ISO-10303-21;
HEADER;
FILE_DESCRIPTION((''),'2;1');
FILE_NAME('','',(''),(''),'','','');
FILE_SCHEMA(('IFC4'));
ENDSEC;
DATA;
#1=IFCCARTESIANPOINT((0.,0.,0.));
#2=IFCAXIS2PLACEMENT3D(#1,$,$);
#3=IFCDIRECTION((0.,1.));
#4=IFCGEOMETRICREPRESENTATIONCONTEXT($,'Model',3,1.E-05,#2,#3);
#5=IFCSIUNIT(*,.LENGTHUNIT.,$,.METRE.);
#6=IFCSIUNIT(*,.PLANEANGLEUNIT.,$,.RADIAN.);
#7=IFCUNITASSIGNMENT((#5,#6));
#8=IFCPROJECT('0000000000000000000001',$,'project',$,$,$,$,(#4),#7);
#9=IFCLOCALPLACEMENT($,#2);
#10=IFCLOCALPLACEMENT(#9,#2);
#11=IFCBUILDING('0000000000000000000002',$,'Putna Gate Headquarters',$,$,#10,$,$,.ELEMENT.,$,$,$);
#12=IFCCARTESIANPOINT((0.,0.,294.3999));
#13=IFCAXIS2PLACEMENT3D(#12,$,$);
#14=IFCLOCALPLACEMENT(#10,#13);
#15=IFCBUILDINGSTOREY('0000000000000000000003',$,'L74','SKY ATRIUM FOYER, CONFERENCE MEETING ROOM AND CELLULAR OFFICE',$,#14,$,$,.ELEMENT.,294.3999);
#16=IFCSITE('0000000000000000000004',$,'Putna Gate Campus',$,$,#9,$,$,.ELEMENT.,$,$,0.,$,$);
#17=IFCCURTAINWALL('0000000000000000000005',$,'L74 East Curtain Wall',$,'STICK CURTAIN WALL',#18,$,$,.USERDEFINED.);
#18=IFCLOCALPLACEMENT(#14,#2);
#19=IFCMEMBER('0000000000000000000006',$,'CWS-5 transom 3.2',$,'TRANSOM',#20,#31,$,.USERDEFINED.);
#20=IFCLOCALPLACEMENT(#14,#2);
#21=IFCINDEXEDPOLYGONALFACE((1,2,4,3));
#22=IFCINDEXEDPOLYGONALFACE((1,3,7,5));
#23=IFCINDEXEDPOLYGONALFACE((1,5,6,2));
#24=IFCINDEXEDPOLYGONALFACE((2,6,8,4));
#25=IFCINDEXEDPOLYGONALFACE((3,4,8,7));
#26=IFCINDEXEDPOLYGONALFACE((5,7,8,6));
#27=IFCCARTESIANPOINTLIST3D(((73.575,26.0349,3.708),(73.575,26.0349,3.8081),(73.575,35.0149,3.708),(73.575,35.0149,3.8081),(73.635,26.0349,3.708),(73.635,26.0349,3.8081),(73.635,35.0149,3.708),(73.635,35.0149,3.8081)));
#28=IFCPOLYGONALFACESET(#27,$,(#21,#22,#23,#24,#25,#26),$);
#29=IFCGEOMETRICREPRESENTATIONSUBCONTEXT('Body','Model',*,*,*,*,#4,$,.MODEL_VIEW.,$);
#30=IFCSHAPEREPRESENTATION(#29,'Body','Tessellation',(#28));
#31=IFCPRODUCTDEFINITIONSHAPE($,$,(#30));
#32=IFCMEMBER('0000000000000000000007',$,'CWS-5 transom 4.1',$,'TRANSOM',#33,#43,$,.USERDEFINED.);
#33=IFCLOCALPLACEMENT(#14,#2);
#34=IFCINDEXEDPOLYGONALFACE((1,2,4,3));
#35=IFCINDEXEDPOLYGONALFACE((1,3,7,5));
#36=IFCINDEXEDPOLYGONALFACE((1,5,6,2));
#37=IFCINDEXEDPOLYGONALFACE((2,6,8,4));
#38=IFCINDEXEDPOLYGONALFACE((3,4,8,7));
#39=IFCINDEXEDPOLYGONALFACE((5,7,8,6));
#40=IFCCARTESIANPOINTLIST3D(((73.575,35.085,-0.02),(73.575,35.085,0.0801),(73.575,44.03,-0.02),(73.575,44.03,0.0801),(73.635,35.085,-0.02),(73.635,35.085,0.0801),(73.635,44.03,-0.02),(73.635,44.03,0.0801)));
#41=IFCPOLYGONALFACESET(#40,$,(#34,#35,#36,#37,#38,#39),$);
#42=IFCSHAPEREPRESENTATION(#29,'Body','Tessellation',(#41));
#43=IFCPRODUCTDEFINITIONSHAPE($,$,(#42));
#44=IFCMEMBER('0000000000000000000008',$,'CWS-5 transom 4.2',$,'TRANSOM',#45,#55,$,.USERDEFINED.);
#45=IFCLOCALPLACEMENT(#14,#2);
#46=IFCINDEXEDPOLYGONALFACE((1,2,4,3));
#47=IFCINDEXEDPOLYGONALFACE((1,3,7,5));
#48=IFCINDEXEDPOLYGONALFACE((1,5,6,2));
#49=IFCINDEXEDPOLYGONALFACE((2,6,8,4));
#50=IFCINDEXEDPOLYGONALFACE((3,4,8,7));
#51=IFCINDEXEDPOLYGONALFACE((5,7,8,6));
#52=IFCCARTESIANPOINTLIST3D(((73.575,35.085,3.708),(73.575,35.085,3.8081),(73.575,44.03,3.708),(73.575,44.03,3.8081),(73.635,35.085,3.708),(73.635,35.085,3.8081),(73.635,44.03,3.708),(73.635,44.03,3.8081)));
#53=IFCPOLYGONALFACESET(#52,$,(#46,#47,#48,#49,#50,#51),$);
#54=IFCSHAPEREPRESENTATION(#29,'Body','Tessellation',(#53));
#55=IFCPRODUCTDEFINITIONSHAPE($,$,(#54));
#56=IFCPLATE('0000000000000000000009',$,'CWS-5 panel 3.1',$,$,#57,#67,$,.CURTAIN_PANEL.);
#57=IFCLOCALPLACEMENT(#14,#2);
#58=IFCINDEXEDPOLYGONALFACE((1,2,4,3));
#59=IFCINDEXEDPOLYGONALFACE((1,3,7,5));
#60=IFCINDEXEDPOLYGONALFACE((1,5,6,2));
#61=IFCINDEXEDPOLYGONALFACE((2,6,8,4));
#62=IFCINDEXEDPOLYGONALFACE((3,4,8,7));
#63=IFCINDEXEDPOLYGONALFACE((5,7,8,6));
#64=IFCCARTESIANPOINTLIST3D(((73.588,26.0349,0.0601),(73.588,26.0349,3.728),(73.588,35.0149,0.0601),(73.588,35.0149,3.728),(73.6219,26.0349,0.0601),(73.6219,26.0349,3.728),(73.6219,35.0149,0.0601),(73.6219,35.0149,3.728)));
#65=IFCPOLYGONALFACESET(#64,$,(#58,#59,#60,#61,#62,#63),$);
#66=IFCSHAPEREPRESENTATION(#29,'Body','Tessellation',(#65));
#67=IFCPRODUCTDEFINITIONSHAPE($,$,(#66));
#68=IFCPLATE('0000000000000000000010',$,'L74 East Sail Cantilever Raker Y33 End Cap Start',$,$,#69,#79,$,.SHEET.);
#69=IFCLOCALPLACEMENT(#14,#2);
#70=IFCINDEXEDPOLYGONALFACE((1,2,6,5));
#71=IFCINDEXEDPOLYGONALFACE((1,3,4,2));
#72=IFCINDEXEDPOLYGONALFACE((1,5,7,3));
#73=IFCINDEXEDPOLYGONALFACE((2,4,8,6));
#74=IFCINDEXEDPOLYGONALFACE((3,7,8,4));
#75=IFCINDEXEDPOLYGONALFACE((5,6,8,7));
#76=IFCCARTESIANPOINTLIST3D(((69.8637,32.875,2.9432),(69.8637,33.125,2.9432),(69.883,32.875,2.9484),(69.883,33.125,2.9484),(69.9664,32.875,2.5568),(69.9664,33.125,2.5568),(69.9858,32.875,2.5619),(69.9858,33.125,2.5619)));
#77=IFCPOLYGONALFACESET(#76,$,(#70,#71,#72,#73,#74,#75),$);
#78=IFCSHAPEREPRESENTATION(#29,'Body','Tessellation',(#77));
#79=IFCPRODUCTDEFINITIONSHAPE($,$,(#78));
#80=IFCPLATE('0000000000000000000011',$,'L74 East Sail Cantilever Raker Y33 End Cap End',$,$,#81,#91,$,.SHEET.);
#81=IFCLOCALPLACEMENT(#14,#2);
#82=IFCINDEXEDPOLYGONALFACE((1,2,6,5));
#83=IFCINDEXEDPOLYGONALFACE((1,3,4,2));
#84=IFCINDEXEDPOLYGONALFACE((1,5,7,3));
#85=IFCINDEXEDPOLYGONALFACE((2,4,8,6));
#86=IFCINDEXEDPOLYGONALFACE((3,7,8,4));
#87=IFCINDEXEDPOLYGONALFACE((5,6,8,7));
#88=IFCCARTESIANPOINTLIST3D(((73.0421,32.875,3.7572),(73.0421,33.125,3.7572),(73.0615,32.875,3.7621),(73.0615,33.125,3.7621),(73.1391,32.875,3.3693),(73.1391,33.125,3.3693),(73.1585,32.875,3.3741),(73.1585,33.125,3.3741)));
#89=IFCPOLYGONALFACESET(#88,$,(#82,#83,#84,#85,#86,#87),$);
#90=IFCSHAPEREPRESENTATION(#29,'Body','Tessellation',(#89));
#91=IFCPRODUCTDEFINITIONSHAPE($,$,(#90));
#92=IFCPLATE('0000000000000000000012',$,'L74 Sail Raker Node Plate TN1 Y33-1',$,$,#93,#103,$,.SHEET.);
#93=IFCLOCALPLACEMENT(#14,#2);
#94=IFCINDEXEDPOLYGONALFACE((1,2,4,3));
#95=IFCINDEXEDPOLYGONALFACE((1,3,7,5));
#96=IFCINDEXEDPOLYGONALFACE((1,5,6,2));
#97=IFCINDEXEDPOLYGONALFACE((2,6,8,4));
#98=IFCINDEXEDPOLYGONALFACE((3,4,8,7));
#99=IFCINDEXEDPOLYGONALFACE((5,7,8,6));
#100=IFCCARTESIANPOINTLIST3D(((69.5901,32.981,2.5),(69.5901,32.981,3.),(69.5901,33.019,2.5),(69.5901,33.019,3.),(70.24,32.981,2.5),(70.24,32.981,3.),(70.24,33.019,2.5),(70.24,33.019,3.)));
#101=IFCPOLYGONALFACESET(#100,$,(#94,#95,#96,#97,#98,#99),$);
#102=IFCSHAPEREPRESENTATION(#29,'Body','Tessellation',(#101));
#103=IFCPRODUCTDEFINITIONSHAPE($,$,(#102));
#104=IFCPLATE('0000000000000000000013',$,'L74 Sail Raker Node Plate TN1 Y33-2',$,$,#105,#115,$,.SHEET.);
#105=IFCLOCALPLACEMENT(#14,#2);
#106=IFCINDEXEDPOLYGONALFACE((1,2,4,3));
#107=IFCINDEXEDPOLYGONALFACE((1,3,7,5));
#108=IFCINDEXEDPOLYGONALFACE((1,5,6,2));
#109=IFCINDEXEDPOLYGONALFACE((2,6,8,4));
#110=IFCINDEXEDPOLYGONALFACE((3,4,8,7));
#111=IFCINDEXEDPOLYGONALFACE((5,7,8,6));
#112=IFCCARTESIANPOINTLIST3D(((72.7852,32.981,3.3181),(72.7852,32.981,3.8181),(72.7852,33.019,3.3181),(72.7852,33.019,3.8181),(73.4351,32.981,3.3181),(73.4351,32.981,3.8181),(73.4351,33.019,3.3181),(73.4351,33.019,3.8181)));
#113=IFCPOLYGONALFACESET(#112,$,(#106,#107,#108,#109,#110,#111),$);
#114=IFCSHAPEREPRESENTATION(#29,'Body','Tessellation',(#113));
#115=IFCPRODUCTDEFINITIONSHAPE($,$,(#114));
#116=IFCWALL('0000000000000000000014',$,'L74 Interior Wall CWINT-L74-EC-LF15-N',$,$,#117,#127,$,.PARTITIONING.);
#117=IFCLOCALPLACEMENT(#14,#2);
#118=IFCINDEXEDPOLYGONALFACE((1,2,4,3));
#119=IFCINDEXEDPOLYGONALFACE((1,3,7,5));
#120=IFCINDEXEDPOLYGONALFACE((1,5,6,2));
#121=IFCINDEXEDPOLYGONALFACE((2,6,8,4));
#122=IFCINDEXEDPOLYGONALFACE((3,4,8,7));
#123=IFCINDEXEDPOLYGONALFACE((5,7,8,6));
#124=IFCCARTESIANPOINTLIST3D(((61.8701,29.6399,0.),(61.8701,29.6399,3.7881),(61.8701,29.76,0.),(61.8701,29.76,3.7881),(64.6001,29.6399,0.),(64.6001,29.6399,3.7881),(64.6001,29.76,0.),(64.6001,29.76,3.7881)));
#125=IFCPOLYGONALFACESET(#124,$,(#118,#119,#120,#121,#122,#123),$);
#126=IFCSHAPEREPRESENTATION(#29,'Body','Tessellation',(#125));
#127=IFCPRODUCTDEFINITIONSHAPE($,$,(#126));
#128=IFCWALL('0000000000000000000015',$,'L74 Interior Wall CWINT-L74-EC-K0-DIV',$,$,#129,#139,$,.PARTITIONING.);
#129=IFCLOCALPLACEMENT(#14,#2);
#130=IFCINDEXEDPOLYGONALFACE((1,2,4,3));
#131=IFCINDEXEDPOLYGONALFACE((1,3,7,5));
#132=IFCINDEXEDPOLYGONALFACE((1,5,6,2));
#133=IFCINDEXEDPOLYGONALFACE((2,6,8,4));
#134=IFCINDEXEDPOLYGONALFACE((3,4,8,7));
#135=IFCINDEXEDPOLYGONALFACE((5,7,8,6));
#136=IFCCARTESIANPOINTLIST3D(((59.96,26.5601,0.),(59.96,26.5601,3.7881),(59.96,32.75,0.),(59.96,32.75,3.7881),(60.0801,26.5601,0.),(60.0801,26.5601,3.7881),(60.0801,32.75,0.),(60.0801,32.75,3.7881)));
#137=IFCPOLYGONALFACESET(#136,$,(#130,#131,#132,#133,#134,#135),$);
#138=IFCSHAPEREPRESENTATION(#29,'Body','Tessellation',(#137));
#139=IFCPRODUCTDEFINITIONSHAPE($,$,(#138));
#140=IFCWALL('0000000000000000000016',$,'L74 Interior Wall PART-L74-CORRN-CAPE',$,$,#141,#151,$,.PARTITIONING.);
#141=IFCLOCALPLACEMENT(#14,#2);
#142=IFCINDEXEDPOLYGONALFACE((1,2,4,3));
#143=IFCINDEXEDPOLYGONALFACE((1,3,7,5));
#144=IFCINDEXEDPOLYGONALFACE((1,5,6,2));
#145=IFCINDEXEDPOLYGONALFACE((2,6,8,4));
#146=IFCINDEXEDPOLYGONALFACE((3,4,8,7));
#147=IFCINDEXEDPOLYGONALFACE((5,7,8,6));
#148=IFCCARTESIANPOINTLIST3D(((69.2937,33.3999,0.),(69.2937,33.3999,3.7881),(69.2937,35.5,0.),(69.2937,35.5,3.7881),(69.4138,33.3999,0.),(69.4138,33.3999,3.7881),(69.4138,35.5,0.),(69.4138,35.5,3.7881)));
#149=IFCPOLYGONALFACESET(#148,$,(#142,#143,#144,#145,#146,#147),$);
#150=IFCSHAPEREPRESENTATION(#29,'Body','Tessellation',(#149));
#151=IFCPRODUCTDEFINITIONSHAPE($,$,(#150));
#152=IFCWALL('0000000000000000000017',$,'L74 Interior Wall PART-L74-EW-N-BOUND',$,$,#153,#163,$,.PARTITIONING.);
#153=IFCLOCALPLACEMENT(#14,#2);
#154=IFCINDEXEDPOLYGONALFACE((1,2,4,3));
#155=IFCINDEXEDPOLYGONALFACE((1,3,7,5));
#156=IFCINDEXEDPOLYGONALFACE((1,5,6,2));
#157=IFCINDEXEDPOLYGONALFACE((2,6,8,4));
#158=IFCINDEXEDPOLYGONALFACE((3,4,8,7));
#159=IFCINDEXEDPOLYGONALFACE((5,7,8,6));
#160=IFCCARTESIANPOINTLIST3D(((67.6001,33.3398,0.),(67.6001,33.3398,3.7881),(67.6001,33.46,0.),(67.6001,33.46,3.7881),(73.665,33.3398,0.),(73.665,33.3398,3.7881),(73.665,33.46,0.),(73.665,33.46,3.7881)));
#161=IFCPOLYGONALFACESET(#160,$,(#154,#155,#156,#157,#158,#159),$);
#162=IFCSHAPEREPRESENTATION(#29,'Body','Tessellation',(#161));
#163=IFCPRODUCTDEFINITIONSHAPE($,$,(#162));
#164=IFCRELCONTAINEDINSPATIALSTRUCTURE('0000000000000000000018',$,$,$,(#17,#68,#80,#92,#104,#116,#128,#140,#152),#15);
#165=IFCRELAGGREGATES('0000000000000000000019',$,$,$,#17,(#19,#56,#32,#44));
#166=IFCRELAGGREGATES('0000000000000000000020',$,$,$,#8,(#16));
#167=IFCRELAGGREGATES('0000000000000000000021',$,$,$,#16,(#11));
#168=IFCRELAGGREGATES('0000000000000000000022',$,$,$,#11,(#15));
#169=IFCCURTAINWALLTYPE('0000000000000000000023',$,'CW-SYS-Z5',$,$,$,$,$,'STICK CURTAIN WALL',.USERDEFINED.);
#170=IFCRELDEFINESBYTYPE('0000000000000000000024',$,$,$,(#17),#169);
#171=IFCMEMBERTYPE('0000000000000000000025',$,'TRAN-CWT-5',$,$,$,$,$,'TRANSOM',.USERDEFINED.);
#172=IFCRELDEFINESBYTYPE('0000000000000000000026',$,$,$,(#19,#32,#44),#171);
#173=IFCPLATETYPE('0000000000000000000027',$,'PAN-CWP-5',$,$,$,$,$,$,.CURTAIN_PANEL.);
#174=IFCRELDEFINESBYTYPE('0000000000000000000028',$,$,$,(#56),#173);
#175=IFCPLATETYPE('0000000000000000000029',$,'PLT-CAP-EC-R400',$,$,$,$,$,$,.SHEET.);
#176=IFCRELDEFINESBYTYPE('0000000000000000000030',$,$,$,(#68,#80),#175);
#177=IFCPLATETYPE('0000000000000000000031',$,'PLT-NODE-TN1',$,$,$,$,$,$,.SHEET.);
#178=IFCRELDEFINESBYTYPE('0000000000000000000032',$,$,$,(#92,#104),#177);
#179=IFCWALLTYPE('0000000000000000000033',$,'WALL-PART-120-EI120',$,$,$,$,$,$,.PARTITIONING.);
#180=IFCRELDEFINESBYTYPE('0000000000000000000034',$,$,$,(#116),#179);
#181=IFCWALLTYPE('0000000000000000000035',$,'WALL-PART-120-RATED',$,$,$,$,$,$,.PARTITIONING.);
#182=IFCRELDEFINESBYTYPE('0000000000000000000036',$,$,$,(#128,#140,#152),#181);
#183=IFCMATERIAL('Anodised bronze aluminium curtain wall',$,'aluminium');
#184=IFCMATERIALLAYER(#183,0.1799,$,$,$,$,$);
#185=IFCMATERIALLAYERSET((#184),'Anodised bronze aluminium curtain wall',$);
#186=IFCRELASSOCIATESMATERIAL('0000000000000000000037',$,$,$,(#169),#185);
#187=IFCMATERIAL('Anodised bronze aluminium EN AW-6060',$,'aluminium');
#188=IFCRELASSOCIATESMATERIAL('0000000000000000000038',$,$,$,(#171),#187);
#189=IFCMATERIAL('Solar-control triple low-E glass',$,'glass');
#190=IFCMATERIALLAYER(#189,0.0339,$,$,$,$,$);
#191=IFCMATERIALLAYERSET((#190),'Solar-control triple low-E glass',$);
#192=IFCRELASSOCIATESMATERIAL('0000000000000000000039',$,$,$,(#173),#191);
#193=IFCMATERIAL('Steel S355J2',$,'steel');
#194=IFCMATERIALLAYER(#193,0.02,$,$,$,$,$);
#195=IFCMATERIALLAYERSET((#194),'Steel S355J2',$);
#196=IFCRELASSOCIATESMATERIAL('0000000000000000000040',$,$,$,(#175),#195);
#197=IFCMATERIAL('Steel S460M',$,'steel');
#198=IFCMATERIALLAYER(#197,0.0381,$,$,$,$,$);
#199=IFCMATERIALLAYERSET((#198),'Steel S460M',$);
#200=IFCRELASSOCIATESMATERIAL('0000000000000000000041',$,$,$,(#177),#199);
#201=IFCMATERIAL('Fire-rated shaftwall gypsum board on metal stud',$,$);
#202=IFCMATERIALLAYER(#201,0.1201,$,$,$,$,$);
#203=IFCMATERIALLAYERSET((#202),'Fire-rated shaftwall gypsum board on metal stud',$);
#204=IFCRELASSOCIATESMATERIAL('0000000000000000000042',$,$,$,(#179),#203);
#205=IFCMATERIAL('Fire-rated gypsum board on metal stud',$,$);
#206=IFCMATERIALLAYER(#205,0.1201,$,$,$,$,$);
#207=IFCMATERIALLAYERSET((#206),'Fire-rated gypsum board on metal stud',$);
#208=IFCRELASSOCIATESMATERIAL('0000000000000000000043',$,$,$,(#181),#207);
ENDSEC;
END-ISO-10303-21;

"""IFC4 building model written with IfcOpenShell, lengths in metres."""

from ifc_helpers import new_model, si_unit, direction, frame, frame_2d, origin, origin_2d, place, context, subcontext, project, spatial, rectangle, extrude, material, layer, layer_set, material_profile, profile_set, type_object, element, aggregate, save


model = new_model("IFC4")

# Units and contexts
model_context = context("Model", 3, precision=1e-05, world=origin(), true_north=direction((0.0, 1.0)))
body_context = subcontext(model_context, "Body", "Model", "MODEL_VIEW")
ifc_project = project(units=[si_unit("LENGTHUNIT", "METRE"), si_unit("PLANEANGLEUNIT", "RADIAN")], contexts=[model_context])

# Site, building, storey
site_placement = place(None, origin())
site = spatial("IfcSite", under=ifc_project, at=site_placement, Name="Putna Gate Campus", CompositionType="ELEMENT", RefElevation=0.0)
building_placement = place(site_placement, origin())
building = spatial("IfcBuilding", under=site, at=building_placement, Name="Putna Gate Headquarters", CompositionType="ELEMENT")
storey_placement = place(building_placement, frame((0.0, 0.0, 294.3999)))
storey = spatial("IfcBuildingStorey", under=building, at=storey_placement, Name="L74", Description="SKY ATRIUM FOYER, CONFERENCE MEETING ROOM AND CELLULAR OFFICE", CompositionType="ELEMENT", Elevation=294.3999)

# Shared definitions
ifc_material_1 = material(Name="Steel S460M", Category="steel")

# Shared definitions
ifc_material_2 = material(Name="Steel S355J2", Category="steel")

# Curtain wall, members, plate
ifc_material_3 = material(Name="Anodised bronze aluminium curtain wall", Category="aluminium")
ifc_layer_1 = layer(ifc_material_3, 0.1799)
ifc_layer_set_1 = layer_set([ifc_layer_1], Name="Anodised bronze aluminium curtain wall")
curtain_wall_type = type_object("IfcCurtainWallType", Name="CW-SYS-Z5", ElementType="STICK CURTAIN WALL", PredefinedType="USERDEFINED", material=ifc_layer_set_1)
curtain_wall_placement = place(storey_placement, origin())
curtain_wall = element("IfcCurtainWall", 1, at=curtain_wall_placement, inside=storey, type_object=curtain_wall_type, Name="L74 East Curtain Wall", ObjectType="STICK CURTAIN WALL", PredefinedType="USERDEFINED")
ifc_material_4 = material(Name="Anodised bronze aluminium EN AW-6060", Category="aluminium")
ifc_material_profile_1 = material_profile(ifc_material_4, rectangle(XDim=0.0601, YDim=0.1001, at=origin_2d()), Name="Anodised bronze aluminium EN AW-6060")
ifc_profile_set_1 = profile_set([ifc_material_profile_1], Name="Anodised bronze aluminium EN AW-6060")
member_type_1 = type_object("IfcMemberType", Name="TRAN-CWT-5", ElementType="TRANSOM", PredefinedType="USERDEFINED", material=ifc_profile_set_1)
member_1_placement = place(storey_placement, frame((73.605, 26.0349, 3.7581), z_axis=(0.0, 1.0, 0.0), x_axis=(-1.0, 0.0, 0.0)))
member_1 = element("IfcMember", 2, at=member_1_placement, type_object=member_type_1, Name="CWS-5 transom 3.2", ObjectType="TRANSOM", PredefinedType="USERDEFINED", context=body_context, shape_type="SweptSolid", body=[
    extrude(rectangle(XDim=0.0601, YDim=0.1001, at=origin_2d()), origin(), (0.0, 0.0, 1.0), 8.98),
])
member_2_placement = place(storey_placement, frame((73.605, 35.085, 0.03), z_axis=(0.0, 1.0, 0.0), x_axis=(-1.0, 0.0, 0.0)))
member_2 = element("IfcMember", 3, at=member_2_placement, type_object=member_type_1, Name="CWS-5 transom 4.1", ObjectType="TRANSOM", PredefinedType="USERDEFINED", context=body_context, shape_type="SweptSolid", body=[
    extrude(rectangle(XDim=0.0601, YDim=0.1001, at=origin_2d()), origin(), (0.0, 0.0, 1.0), 8.9451),
])
member_3_placement = place(storey_placement, frame((73.605, 35.085, 3.7581), z_axis=(0.0, 1.0, 0.0), x_axis=(-1.0, 0.0, 0.0)))
member_3 = element("IfcMember", 4, at=member_3_placement, type_object=member_type_1, Name="CWS-5 transom 4.2", ObjectType="TRANSOM", PredefinedType="USERDEFINED", context=body_context, shape_type="SweptSolid", body=[
    extrude(rectangle(XDim=0.0601, YDim=0.1001, at=origin_2d()), origin(), (0.0, 0.0, 1.0), 8.9451),
])
ifc_material_5 = material(Name="Solar-control triple low-E glass", Category="glass")
ifc_layer_2 = layer(ifc_material_5, 0.0339)
ifc_layer_set_2 = layer_set([ifc_layer_2], Name="Solar-control triple low-E glass")
plate_type_1 = type_object("IfcPlateType", Name="PAN-CWP-5", PredefinedType="CURTAIN_PANEL", material=ifc_layer_set_2)
plate_placement = place(storey_placement, frame((73.605, 30.5249, 0.0601), z_axis=(0.0, 0.0, 1.0), x_axis=(0.0, 1.0, 0.0)))
plate = element("IfcPlate", 5, at=plate_placement, type_object=plate_type_1, Name="CWS-5 panel 3.1", PredefinedType="CURTAIN_PANEL", context=body_context, shape_type="SweptSolid", body=[
    extrude(rectangle(XDim=8.98, YDim=0.0339, at=origin_2d()), origin(), (0.0, 0.0, 1.0), 3.668),
])
aggregate(curtain_wall, [member_1, plate, member_2, member_3])

# Plates
ifc_layer_3 = layer(ifc_material_2, 0.02)
ifc_layer_set_3 = layer_set([ifc_layer_3], Name="Steel S355J2")
plate_type_2 = type_object("IfcPlateType", Name="PLT-CAP-EC-R400", PredefinedType="SHEET", material=ifc_layer_set_3)
for number, where, z_axis, x_axis, name in (
    (6, (69.915, 33.0, 2.75), (0.966438, 0.0, 0.256901), (0.0, 1.0, 0.0), "L74 East Sail Cantilever Raker Y33 End Cap Start"),
    (7, (73.0906, 33.0, 3.5632), (0.970143, 0.0, 0.242536), (0.0, 1.0, 0.0), "L74 East Sail Cantilever Raker Y33 End Cap End"),
):
    element("IfcPlate", number, at=place(storey_placement, frame(where, z_axis=z_axis, x_axis=x_axis)), inside=storey, type_object=plate_type_2, Name=name, PredefinedType="SHEET", context=body_context, shape_type="SweptSolid", body=[
        extrude(rectangle(XDim=0.25, YDim=0.3999, at=origin_2d()), origin(), (0.0, 0.0, 1.0), 0.02),
    ])
ifc_layer_4 = layer(ifc_material_1, 0.0381)
ifc_layer_set_4 = layer_set([ifc_layer_4], Name="Steel S460M")
plate_type_3 = type_object("IfcPlateType", Name="PLT-NODE-TN1", PredefinedType="SHEET", material=ifc_layer_set_4)
for number, where, z_axis, x_axis, name in (
    (8, (69.915, 33.0, 2.5), (0.0, 0.0, 1.0), (1.0, 0.0, 0.0), "L74 Sail Raker Node Plate TN1 Y33-1"),
    (9, (73.1101, 33.0, 3.3181), (0.0, 0.0, 1.0), (1.0, 0.0, 0.0), "L74 Sail Raker Node Plate TN1 Y33-2"),
):
    element("IfcPlate", number, at=place(storey_placement, frame(where, z_axis=z_axis, x_axis=x_axis)), inside=storey, type_object=plate_type_3, Name=name, PredefinedType="SHEET", context=body_context, shape_type="SweptSolid", body=[
        extrude(rectangle(XDim=0.6499, YDim=0.0381, at=origin_2d()), origin(), (0.0, 0.0, 1.0), 0.5),
    ])

# Walls
ifc_material_6 = material(Name="Fire-rated shaftwall gypsum board on metal stud")
ifc_layer_5 = layer(ifc_material_6, 0.1201)
ifc_layer_set_5 = layer_set([ifc_layer_5], Name="Fire-rated shaftwall gypsum board on metal stud")
wall_type_1 = type_object("IfcWallType", Name="WALL-PART-120-EI120", PredefinedType="PARTITIONING", material=ifc_layer_set_5)
wall_1_placement = place(storey_placement, frame((61.8701, 29.7, 0.0), z_axis=(0.0, 0.0, 1.0), x_axis=(1.0, 0.0, 0.0)))
element("IfcWall", 10, at=wall_1_placement, inside=storey, type_object=wall_type_1, Name="L74 Interior Wall CWINT-L74-EC-LF15-N", PredefinedType="PARTITIONING", context=body_context, shape_type="SweptSolid", body=[
    extrude(rectangle(XDim=2.73, YDim=0.1201, at=frame_2d((1.365, 0.0))), origin(), (0.0, 0.0, 1.0), 3.7881),
])
ifc_material_7 = material(Name="Fire-rated gypsum board on metal stud")
ifc_layer_6 = layer(ifc_material_7, 0.1201)
ifc_layer_set_6 = layer_set([ifc_layer_6], Name="Fire-rated gypsum board on metal stud")
wall_type_2 = type_object("IfcWallType", Name="WALL-PART-120-RATED", PredefinedType="PARTITIONING", material=ifc_layer_set_6)
wall_2_placement = place(storey_placement, frame((60.02, 26.5601, 0.0), z_axis=(0.0, 0.0, 1.0), x_axis=(0.0, 1.0, 0.0)))
element("IfcWall", 11, at=wall_2_placement, inside=storey, type_object=wall_type_2, Name="L74 Interior Wall CWINT-L74-EC-K0-DIV", PredefinedType="PARTITIONING", context=body_context, shape_type="SweptSolid", body=[
    extrude(rectangle(XDim=6.1899, YDim=0.1201, at=frame_2d((3.095, 0.0))), origin(), (0.0, 0.0, 1.0), 3.7881),
])
wall_3_placement = place(storey_placement, frame((69.3538, 33.3999, 0.0), z_axis=(0.0, 0.0, 1.0), x_axis=(0.0, 1.0, 0.0)))
element("IfcWall", 12, at=wall_3_placement, inside=storey, type_object=wall_type_2, Name="L74 Interior Wall PART-L74-CORRN-CAPE", PredefinedType="PARTITIONING", context=body_context, shape_type="SweptSolid", body=[
    extrude(rectangle(XDim=2.1001, YDim=0.1201, at=frame_2d((1.05, 0.0))), origin(), (0.0, 0.0, 1.0), 3.7881),
])
wall_4_placement = place(storey_placement, frame((67.6001, 33.3999, 0.0), z_axis=(0.0, 0.0, 1.0), x_axis=(1.0, 0.0, 0.0)))
element("IfcWall", 13, at=wall_4_placement, inside=storey, type_object=wall_type_2, Name="L74 Interior Wall PART-L74-EW-N-BOUND", PredefinedType="PARTITIONING", context=body_context, shape_type="SweptSolid", body=[
    extrude(rectangle(XDim=6.0649, YDim=0.1201, at=frame_2d((3.0325, 0.0))), origin(), (0.0, 0.0, 1.0), 3.7881),
])

save(model, "model.ifc")
